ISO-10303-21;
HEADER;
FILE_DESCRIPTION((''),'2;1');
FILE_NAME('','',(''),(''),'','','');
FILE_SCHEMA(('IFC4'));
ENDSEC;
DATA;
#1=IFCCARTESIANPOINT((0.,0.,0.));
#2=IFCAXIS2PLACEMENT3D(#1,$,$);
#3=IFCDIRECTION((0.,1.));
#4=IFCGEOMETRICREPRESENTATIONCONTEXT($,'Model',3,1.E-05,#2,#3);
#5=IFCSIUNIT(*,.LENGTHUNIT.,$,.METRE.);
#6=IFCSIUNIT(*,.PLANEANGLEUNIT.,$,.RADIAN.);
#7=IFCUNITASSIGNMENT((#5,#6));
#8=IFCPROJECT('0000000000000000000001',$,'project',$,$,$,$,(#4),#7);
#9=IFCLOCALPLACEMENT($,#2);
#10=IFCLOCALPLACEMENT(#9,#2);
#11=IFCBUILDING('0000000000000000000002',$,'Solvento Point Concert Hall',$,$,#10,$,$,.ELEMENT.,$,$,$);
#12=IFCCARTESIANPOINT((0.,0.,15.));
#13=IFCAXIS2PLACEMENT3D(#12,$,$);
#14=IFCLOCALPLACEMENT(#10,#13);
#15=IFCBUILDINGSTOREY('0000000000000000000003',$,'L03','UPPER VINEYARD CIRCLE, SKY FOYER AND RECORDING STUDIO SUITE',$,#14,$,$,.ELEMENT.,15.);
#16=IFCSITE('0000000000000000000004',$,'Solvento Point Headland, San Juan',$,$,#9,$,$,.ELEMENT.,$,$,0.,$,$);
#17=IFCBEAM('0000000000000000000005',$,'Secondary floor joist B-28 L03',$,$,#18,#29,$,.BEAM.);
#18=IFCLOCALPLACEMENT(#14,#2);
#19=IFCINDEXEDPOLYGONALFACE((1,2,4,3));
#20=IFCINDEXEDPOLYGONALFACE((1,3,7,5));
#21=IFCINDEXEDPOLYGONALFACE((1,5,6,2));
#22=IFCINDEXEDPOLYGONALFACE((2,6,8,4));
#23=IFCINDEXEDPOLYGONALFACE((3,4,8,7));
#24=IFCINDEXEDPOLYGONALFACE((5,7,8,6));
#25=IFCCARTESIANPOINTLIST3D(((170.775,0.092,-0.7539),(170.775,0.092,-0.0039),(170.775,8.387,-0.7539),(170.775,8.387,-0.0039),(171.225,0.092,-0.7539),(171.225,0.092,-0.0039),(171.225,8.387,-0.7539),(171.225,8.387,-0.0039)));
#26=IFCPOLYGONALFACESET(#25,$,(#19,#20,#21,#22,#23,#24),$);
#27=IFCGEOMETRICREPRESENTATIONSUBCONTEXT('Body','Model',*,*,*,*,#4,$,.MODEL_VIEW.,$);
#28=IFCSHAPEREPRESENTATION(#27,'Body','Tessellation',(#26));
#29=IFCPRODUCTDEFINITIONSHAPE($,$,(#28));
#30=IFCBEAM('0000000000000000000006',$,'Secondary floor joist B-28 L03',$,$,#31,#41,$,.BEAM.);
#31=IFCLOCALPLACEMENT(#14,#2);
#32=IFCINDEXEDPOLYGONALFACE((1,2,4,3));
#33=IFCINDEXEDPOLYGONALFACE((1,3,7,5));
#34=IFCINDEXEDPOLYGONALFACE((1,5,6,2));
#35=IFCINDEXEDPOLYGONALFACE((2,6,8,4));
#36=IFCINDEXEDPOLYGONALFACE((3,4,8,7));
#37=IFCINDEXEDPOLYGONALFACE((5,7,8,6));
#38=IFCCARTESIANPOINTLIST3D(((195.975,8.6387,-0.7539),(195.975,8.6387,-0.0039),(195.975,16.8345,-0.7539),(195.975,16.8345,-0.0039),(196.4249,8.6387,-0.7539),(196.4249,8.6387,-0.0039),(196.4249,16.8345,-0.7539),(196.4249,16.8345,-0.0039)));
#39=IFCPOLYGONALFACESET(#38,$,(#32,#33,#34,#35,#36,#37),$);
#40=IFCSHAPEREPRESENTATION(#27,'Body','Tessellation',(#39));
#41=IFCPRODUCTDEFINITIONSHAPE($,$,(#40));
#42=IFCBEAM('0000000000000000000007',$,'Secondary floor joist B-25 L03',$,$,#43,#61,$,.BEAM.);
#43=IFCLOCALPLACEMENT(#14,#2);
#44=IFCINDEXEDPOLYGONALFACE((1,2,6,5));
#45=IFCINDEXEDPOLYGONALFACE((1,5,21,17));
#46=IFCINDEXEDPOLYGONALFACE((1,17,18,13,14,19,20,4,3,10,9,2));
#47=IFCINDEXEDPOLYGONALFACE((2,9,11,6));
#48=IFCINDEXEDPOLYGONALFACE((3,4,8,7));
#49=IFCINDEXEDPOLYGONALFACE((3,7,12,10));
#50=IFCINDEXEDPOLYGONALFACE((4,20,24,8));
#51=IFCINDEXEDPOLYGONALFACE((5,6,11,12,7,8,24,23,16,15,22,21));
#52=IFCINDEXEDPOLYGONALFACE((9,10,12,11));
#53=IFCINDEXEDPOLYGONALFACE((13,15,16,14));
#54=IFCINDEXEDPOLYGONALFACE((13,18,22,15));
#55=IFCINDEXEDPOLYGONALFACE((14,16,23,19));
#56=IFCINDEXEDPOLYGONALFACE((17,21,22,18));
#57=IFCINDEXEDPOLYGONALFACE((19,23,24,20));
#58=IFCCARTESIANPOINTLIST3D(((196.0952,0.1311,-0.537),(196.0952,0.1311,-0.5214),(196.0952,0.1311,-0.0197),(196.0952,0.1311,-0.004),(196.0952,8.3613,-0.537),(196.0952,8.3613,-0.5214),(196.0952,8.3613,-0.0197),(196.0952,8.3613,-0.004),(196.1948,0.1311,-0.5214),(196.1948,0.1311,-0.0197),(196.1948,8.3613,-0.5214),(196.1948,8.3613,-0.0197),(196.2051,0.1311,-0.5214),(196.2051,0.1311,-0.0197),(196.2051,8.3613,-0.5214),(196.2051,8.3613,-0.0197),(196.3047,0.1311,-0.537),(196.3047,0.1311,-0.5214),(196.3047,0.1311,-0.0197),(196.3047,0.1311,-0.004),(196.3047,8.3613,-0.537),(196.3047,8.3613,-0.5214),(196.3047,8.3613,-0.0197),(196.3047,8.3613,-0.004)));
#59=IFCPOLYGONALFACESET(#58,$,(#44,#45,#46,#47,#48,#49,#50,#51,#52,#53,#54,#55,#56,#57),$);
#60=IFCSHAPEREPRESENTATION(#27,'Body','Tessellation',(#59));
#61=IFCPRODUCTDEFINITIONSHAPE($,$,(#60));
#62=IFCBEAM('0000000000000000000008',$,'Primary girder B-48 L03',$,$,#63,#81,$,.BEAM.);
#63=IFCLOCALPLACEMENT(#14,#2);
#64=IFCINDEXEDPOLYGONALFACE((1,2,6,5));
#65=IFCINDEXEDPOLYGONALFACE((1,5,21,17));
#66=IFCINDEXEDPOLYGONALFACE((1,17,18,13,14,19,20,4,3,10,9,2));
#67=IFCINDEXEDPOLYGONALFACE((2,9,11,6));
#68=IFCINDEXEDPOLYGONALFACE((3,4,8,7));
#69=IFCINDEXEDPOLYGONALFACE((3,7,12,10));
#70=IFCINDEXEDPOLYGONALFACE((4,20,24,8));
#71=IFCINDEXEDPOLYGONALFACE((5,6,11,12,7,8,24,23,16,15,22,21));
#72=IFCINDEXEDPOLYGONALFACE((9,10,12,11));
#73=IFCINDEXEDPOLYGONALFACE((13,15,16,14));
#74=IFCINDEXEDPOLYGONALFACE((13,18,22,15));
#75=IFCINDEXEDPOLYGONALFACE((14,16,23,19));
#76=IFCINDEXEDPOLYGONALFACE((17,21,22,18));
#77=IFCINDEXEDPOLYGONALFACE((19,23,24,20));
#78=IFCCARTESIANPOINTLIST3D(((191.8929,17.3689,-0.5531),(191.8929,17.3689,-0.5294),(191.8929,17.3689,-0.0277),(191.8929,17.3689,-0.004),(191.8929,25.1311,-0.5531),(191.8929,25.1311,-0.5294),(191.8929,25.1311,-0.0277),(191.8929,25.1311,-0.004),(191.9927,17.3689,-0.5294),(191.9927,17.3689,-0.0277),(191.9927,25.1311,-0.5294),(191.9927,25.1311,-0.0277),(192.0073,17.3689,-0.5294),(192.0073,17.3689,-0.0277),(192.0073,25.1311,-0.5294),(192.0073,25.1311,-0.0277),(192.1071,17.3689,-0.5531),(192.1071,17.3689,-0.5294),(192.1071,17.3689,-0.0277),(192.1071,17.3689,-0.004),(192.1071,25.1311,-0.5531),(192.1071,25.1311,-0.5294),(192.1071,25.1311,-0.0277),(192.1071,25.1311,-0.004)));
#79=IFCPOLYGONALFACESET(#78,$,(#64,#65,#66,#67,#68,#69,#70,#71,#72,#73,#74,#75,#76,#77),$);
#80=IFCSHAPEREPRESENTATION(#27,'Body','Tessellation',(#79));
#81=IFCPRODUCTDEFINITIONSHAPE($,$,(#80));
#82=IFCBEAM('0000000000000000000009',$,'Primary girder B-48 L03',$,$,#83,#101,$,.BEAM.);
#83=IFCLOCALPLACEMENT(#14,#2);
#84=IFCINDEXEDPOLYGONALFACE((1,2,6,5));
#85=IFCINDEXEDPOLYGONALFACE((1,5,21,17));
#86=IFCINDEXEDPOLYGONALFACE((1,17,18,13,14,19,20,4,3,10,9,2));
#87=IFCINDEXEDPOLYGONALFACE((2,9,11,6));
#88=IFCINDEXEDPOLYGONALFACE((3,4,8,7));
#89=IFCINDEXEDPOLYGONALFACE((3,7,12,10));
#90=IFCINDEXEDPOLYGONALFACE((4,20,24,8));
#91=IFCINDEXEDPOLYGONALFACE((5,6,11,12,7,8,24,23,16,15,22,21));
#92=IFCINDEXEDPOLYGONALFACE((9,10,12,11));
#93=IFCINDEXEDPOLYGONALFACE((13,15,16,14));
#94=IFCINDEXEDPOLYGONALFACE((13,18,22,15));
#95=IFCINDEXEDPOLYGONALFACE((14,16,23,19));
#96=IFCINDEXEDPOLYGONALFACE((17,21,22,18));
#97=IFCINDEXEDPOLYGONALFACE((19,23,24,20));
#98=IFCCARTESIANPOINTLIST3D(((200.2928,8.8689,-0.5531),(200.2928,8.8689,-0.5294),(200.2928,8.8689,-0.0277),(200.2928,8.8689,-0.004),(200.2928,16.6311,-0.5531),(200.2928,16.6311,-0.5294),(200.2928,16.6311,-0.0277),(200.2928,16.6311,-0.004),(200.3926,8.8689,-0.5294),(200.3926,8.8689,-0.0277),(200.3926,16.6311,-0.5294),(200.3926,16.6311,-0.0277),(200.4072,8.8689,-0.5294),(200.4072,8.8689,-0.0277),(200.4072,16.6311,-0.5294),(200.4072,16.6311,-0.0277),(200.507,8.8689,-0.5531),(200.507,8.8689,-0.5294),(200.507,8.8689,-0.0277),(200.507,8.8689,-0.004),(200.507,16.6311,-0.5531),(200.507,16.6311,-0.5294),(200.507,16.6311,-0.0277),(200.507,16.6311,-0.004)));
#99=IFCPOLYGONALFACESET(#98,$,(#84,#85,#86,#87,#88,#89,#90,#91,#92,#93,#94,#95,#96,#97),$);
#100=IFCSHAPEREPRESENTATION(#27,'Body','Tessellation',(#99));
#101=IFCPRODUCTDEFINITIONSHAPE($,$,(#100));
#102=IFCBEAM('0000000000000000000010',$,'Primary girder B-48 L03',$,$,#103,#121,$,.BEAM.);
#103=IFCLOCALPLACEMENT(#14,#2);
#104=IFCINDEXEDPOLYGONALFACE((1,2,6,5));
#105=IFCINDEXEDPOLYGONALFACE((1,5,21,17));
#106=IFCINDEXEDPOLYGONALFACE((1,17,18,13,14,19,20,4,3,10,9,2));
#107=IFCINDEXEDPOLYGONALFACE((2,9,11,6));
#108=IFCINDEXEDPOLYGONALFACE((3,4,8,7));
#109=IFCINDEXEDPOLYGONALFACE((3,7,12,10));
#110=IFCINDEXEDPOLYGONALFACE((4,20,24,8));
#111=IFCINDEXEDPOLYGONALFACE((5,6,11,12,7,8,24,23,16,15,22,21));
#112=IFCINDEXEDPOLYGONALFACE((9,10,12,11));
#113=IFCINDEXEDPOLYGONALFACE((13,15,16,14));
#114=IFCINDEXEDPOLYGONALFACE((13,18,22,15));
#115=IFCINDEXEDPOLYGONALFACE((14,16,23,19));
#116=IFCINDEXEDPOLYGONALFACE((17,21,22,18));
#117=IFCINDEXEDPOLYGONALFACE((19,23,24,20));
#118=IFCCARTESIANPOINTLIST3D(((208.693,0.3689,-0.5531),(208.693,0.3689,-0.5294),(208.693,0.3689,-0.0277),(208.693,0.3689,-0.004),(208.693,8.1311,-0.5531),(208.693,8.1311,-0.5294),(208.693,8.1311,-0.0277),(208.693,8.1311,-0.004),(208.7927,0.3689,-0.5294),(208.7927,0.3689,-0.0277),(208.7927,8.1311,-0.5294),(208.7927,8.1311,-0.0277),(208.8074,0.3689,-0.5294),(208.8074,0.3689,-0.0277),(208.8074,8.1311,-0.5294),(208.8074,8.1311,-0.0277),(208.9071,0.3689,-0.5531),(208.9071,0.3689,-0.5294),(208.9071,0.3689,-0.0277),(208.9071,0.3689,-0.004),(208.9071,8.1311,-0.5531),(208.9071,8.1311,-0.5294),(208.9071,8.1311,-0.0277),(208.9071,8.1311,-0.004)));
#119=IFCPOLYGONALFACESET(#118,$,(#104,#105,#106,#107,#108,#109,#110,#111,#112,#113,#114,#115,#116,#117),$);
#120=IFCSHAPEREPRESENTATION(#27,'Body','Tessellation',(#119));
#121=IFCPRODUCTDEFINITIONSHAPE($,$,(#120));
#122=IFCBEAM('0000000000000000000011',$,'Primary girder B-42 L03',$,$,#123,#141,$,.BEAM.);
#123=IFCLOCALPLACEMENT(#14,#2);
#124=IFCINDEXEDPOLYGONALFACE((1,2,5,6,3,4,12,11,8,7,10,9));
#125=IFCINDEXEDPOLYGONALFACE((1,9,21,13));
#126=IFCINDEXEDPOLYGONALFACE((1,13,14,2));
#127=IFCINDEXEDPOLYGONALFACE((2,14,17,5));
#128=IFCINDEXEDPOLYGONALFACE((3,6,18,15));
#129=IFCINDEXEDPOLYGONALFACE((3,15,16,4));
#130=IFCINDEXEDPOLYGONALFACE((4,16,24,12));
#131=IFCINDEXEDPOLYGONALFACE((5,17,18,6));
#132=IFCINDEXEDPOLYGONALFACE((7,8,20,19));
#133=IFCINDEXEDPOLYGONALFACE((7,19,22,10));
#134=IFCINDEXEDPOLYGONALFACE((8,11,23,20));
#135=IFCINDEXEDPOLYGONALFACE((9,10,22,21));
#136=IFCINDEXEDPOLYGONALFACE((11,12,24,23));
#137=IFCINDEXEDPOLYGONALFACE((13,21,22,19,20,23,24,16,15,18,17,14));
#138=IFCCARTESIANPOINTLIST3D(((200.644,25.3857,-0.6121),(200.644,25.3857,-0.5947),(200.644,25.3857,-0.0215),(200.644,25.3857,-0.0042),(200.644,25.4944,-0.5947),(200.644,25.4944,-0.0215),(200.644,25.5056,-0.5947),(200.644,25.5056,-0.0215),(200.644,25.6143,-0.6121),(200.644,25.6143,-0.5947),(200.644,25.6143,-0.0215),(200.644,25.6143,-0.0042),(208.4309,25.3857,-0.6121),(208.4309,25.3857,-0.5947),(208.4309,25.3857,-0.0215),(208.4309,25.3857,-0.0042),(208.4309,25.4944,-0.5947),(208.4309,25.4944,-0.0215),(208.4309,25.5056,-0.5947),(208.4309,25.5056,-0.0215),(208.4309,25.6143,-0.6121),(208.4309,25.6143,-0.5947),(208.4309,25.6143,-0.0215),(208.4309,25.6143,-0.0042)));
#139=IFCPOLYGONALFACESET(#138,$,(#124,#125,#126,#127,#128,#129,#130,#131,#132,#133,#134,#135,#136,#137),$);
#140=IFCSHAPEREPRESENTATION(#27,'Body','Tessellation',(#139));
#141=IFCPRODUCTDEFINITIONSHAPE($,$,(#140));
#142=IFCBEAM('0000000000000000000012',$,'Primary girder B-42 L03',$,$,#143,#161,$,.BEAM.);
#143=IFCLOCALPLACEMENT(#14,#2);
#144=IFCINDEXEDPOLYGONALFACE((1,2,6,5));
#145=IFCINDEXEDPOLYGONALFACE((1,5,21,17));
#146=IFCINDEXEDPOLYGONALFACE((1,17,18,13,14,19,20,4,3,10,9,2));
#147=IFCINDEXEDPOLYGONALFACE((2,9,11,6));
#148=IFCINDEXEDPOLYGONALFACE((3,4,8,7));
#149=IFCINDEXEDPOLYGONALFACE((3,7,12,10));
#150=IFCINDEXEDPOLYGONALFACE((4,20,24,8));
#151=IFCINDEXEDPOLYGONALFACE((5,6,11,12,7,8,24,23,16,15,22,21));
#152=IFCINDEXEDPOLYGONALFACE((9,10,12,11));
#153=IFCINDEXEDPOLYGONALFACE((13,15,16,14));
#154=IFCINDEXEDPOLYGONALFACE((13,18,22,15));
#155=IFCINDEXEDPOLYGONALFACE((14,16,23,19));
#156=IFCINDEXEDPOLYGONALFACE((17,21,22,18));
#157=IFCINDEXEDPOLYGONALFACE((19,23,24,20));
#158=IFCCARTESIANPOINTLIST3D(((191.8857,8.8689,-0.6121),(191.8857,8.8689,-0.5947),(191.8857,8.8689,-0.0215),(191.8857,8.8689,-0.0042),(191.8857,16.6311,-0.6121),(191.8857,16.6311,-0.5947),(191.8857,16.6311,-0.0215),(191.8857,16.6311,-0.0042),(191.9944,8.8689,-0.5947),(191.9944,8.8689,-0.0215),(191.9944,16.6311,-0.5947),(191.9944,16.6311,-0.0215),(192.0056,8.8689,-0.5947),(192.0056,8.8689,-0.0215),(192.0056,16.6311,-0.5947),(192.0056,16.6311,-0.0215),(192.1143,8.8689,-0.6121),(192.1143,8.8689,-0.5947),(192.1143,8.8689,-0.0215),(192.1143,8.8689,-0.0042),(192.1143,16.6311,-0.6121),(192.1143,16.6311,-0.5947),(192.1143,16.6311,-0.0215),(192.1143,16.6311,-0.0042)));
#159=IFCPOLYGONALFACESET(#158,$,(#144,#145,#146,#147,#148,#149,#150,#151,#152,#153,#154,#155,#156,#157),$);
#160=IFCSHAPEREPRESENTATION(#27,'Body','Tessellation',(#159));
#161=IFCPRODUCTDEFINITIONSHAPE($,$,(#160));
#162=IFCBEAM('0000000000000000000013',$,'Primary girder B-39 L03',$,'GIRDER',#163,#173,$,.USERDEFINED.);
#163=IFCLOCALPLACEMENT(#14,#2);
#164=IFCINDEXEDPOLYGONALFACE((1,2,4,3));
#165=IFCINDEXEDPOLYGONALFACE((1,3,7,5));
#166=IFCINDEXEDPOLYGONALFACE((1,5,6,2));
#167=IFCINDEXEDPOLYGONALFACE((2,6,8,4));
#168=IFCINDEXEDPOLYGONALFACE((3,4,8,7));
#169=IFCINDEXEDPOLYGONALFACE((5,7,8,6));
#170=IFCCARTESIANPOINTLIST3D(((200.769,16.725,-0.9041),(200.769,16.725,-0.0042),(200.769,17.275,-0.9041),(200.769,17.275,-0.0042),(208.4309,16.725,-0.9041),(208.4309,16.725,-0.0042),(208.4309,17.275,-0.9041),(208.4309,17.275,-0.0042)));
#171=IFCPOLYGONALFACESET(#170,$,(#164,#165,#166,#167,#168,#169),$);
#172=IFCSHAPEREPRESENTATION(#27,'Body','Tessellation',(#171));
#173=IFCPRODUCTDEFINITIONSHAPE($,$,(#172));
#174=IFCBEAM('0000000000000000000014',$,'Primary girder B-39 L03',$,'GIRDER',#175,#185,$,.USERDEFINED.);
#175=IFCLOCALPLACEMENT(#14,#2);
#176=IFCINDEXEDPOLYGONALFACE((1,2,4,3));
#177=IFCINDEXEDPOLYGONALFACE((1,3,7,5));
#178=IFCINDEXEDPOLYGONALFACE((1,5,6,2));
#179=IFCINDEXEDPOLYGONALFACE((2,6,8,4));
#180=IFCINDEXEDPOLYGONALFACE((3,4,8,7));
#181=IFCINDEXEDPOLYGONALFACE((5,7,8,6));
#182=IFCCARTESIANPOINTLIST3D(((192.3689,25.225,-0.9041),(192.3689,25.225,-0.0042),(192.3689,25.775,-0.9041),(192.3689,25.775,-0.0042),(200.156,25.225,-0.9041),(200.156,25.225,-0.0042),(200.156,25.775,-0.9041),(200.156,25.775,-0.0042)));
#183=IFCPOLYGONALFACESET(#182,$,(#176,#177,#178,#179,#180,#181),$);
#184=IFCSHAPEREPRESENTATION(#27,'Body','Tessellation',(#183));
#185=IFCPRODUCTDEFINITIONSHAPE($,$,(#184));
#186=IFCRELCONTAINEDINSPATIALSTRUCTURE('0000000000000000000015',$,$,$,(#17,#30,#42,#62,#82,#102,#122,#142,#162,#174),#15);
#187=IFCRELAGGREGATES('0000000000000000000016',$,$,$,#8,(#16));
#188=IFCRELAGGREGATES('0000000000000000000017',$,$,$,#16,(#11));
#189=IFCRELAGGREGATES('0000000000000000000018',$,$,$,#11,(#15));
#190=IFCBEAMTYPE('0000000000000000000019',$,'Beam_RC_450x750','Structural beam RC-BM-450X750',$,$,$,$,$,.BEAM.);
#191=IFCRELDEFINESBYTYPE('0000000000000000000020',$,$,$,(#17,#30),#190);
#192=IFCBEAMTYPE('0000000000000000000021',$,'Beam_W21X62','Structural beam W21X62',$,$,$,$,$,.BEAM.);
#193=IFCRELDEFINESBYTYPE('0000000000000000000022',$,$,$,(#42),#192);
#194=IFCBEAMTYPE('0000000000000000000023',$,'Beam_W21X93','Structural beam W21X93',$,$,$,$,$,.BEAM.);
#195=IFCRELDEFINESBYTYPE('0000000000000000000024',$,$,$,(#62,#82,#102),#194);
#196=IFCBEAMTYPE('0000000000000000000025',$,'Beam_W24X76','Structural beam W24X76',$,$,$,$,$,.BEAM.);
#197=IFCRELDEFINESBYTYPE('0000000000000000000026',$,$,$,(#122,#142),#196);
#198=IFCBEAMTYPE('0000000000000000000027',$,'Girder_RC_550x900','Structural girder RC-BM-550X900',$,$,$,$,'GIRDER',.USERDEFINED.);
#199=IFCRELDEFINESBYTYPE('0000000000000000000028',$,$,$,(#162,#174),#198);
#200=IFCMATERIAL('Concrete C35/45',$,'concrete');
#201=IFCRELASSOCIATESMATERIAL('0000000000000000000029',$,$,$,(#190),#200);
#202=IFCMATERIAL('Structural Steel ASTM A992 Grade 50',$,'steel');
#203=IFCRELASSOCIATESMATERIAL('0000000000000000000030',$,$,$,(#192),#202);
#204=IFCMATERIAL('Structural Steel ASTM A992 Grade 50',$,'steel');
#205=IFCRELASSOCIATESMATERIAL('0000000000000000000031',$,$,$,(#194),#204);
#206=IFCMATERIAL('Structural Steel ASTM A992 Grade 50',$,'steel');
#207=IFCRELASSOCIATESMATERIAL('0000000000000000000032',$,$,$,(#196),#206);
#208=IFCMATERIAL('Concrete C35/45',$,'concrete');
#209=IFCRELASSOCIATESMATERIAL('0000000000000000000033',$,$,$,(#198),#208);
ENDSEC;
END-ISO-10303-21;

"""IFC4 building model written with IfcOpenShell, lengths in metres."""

from ifc_helpers import new_model, si_unit, direction, frame, origin, origin_2d, place, context, subcontext, project, spatial, rectangle, i_section, extrude, material, material_profile, profile_set, type_object, element, save


model = new_model("IFC4")

# Units and contexts
model_context = context("Model", 3, precision=1e-05, world=origin(), true_north=direction((0.0, 1.0)))
body_context = subcontext(model_context, "Body", "Model", "MODEL_VIEW")
ifc_project = project(units=[si_unit("LENGTHUNIT", "METRE"), si_unit("PLANEANGLEUNIT", "RADIAN")], contexts=[model_context])

# Site, building, storey
site_placement = place(None, origin())
site = spatial("IfcSite", under=ifc_project, at=site_placement, Name="Solvento Point Headland, San Juan", CompositionType="ELEMENT", RefElevation=0.0)
building_placement = place(site_placement, origin())
building = spatial("IfcBuilding", under=site, at=building_placement, Name="Solvento Point Concert Hall", CompositionType="ELEMENT")
storey_placement = place(building_placement, frame((0.0, 0.0, 15.0)))
storey = spatial("IfcBuildingStorey", under=building, at=storey_placement, Name="L03", Description="UPPER VINEYARD CIRCLE, SKY FOYER AND RECORDING STUDIO SUITE", CompositionType="ELEMENT", Elevation=15.0)

# Beams
ifc_material_1 = material(Name="Concrete C35/45", Category="concrete")
ifc_material_profile_1 = material_profile(ifc_material_1, rectangle(XDim=0.45, YDim=0.75, at=origin_2d()), Name="RC-BM-450X750")
ifc_profile_set_1 = profile_set([ifc_material_profile_1], Name="Concrete C35/45")
beam_type_1 = type_object("IfcBeamType", Name="Beam_RC_450x750", Description="Structural beam RC-BM-450X750", PredefinedType="BEAM", material=ifc_profile_set_1)
beam_1_placement = place(storey_placement, frame((171.0, 0.092, -0.3789), z_axis=(0.0, 1.0, 0.0), x_axis=(-1.0, 0.0, 0.0)))
element("IfcBeam", 1, at=beam_1_placement, inside=storey, type_object=beam_type_1, Name="Secondary floor joist B-28 L03", PredefinedType="BEAM", context=body_context, shape_type="SweptSolid", body=[
    extrude(rectangle(XDim=0.45, YDim=0.75, at=origin_2d()), origin(), (0.0, 0.0, 1.0), 8.2949),
])
beam_2_placement = place(storey_placement, frame((196.2, 8.6387, -0.3789), z_axis=(0.0, 1.0, 0.0), x_axis=(-1.0, 0.0, 0.0)))
element("IfcBeam", 2, at=beam_2_placement, inside=storey, type_object=beam_type_1, Name="Secondary floor joist B-28 L03", PredefinedType="BEAM", context=body_context, shape_type="SweptSolid", body=[
    extrude(rectangle(XDim=0.45, YDim=0.75, at=origin_2d()), origin(), (0.0, 0.0, 1.0), 8.1958),
])
ifc_material_2 = material(Name="Structural Steel ASTM A992 Grade 50", Category="steel")
ifc_material_profile_2 = material_profile(ifc_material_2, i_section(OverallWidth=0.2095, OverallDepth=0.533, WebThickness=0.0103, FlangeThickness=0.0156, at=origin_2d()), Name="W21X62")
ifc_profile_set_2 = profile_set([ifc_material_profile_2], Name="Structural Steel ASTM A992 Grade 50")
beam_type_2 = type_object("IfcBeamType", Name="Beam_W21X62", Description="Structural beam W21X62", PredefinedType="BEAM", material=ifc_profile_set_2)
beam_3_placement = place(storey_placement, frame((196.2, 0.1311, -0.2705), z_axis=(0.0, 1.0, 0.0), x_axis=(-1.0, 0.0, 0.0)))
element("IfcBeam", 3, at=beam_3_placement, inside=storey, type_object=beam_type_2, Name="Secondary floor joist B-25 L03", PredefinedType="BEAM", context=body_context, shape_type="SweptSolid", body=[
    extrude(i_section(OverallWidth=0.2095, OverallDepth=0.533, WebThickness=0.0103, FlangeThickness=0.0156, at=origin_2d()), origin(), (0.0, 0.0, 1.0), 8.2302),
])
ifc_material_3 = material(Name="Structural Steel ASTM A992 Grade 50", Category="steel")
ifc_material_profile_3 = material_profile(ifc_material_3, i_section(OverallWidth=0.2141, OverallDepth=0.5491, WebThickness=0.0146, FlangeThickness=0.0237, at=origin_2d()), Name="W21X93")
ifc_profile_set_3 = profile_set([ifc_material_profile_3], Name="Structural Steel ASTM A992 Grade 50")
beam_type_3 = type_object("IfcBeamType", Name="Beam_W21X93", Description="Structural beam W21X93", PredefinedType="BEAM", material=ifc_profile_set_3)
for number, where, z_axis, x_axis, name in (
    (4, (192.0, 17.3689, -0.2786), (0.0, 1.0, 0.0), (-1.0, 0.0, 0.0), "Primary girder B-48 L03"),
    (5, (200.3999, 8.8689, -0.2786), (0.0, 1.0, 0.0), (-1.0, 0.0, 0.0), "Primary girder B-48 L03"),
    (6, (208.8, 0.3689, -0.2786), (0.0, 1.0, 0.0), (-1.0, 0.0, 0.0), "Primary girder B-48 L03"),
):
    element("IfcBeam", number, at=place(storey_placement, frame(where, z_axis=z_axis, x_axis=x_axis)), inside=storey, type_object=beam_type_3, Name=name, PredefinedType="BEAM", context=body_context, shape_type="SweptSolid", body=[
        extrude(i_section(OverallWidth=0.2141, OverallDepth=0.5491, WebThickness=0.0146, FlangeThickness=0.0237, at=origin_2d()), origin(), (0.0, 0.0, 1.0), 7.7622),
    ])
ifc_material_4 = material(Name="Structural Steel ASTM A992 Grade 50", Category="steel")
ifc_material_profile_4 = material_profile(ifc_material_4, i_section(OverallWidth=0.2285, OverallDepth=0.6079, WebThickness=0.0112, FlangeThickness=0.0173, at=origin_2d()), Name="W24X76")
ifc_profile_set_4 = profile_set([ifc_material_profile_4], Name="Structural Steel ASTM A992 Grade 50")
beam_type_4 = type_object("IfcBeamType", Name="Beam_W24X76", Description="Structural beam W24X76", PredefinedType="BEAM", material=ifc_profile_set_4)
beam_4_placement = place(storey_placement, frame((200.644, 25.5, -0.3081), z_axis=(1.0, 0.0, 0.0), x_axis=(0.0, 1.0, 0.0)))
element("IfcBeam", 7, at=beam_4_placement, inside=storey, type_object=beam_type_4, Name="Primary girder B-42 L03", PredefinedType="BEAM", context=body_context, shape_type="SweptSolid", body=[
    extrude(i_section(OverallWidth=0.2285, OverallDepth=0.6079, WebThickness=0.0112, FlangeThickness=0.0173, at=origin_2d()), origin(), (0.0, 0.0, 1.0), 7.7869),
])
beam_5_placement = place(storey_placement, frame((192.0, 8.8689, -0.3081), z_axis=(0.0, 1.0, 0.0), x_axis=(-1.0, 0.0, 0.0)))
element("IfcBeam", 8, at=beam_5_placement, inside=storey, type_object=beam_type_4, Name="Primary girder B-42 L03", PredefinedType="BEAM", context=body_context, shape_type="SweptSolid", body=[
    extrude(i_section(OverallWidth=0.2285, OverallDepth=0.6079, WebThickness=0.0112, FlangeThickness=0.0173, at=origin_2d()), origin(), (0.0, 0.0, 1.0), 7.7622),
])
ifc_material_5 = material(Name="Concrete C35/45", Category="concrete")
ifc_material_profile_5 = material_profile(ifc_material_5, rectangle(XDim=0.55, YDim=0.8999, at=origin_2d()), Name="RC-BM-550X900")
ifc_profile_set_5 = profile_set([ifc_material_profile_5], Name="Concrete C35/45")
beam_type_5 = type_object("IfcBeamType", Name="Girder_RC_550x900", Description="Structural girder RC-BM-550X900", ElementType="GIRDER", PredefinedType="USERDEFINED", material=ifc_profile_set_5)
beam_6_placement = place(storey_placement, frame((200.769, 17.0, -0.4541), z_axis=(1.0, 0.0, 0.0), x_axis=(0.0, 1.0, 0.0)))
element("IfcBeam", 9, at=beam_6_placement, inside=storey, type_object=beam_type_5, Name="Primary girder B-39 L03", ObjectType="GIRDER", PredefinedType="USERDEFINED", context=body_context, shape_type="SweptSolid", body=[
    extrude(rectangle(XDim=0.55, YDim=0.8999, at=origin_2d()), origin(), (0.0, 0.0, 1.0), 7.6619),
])
beam_7_placement = place(storey_placement, frame((192.3689, 25.5, -0.4541), z_axis=(1.0, 0.0, 0.0), x_axis=(0.0, 1.0, 0.0)))
element("IfcBeam", 10, at=beam_7_placement, inside=storey, type_object=beam_type_5, Name="Primary girder B-39 L03", ObjectType="GIRDER", PredefinedType="USERDEFINED", context=body_context, shape_type="SweptSolid", body=[
    extrude(rectangle(XDim=0.55, YDim=0.8999, at=origin_2d()), origin(), (0.0, 0.0, 1.0), 7.7871),
])

save(model, "model.ifc")
